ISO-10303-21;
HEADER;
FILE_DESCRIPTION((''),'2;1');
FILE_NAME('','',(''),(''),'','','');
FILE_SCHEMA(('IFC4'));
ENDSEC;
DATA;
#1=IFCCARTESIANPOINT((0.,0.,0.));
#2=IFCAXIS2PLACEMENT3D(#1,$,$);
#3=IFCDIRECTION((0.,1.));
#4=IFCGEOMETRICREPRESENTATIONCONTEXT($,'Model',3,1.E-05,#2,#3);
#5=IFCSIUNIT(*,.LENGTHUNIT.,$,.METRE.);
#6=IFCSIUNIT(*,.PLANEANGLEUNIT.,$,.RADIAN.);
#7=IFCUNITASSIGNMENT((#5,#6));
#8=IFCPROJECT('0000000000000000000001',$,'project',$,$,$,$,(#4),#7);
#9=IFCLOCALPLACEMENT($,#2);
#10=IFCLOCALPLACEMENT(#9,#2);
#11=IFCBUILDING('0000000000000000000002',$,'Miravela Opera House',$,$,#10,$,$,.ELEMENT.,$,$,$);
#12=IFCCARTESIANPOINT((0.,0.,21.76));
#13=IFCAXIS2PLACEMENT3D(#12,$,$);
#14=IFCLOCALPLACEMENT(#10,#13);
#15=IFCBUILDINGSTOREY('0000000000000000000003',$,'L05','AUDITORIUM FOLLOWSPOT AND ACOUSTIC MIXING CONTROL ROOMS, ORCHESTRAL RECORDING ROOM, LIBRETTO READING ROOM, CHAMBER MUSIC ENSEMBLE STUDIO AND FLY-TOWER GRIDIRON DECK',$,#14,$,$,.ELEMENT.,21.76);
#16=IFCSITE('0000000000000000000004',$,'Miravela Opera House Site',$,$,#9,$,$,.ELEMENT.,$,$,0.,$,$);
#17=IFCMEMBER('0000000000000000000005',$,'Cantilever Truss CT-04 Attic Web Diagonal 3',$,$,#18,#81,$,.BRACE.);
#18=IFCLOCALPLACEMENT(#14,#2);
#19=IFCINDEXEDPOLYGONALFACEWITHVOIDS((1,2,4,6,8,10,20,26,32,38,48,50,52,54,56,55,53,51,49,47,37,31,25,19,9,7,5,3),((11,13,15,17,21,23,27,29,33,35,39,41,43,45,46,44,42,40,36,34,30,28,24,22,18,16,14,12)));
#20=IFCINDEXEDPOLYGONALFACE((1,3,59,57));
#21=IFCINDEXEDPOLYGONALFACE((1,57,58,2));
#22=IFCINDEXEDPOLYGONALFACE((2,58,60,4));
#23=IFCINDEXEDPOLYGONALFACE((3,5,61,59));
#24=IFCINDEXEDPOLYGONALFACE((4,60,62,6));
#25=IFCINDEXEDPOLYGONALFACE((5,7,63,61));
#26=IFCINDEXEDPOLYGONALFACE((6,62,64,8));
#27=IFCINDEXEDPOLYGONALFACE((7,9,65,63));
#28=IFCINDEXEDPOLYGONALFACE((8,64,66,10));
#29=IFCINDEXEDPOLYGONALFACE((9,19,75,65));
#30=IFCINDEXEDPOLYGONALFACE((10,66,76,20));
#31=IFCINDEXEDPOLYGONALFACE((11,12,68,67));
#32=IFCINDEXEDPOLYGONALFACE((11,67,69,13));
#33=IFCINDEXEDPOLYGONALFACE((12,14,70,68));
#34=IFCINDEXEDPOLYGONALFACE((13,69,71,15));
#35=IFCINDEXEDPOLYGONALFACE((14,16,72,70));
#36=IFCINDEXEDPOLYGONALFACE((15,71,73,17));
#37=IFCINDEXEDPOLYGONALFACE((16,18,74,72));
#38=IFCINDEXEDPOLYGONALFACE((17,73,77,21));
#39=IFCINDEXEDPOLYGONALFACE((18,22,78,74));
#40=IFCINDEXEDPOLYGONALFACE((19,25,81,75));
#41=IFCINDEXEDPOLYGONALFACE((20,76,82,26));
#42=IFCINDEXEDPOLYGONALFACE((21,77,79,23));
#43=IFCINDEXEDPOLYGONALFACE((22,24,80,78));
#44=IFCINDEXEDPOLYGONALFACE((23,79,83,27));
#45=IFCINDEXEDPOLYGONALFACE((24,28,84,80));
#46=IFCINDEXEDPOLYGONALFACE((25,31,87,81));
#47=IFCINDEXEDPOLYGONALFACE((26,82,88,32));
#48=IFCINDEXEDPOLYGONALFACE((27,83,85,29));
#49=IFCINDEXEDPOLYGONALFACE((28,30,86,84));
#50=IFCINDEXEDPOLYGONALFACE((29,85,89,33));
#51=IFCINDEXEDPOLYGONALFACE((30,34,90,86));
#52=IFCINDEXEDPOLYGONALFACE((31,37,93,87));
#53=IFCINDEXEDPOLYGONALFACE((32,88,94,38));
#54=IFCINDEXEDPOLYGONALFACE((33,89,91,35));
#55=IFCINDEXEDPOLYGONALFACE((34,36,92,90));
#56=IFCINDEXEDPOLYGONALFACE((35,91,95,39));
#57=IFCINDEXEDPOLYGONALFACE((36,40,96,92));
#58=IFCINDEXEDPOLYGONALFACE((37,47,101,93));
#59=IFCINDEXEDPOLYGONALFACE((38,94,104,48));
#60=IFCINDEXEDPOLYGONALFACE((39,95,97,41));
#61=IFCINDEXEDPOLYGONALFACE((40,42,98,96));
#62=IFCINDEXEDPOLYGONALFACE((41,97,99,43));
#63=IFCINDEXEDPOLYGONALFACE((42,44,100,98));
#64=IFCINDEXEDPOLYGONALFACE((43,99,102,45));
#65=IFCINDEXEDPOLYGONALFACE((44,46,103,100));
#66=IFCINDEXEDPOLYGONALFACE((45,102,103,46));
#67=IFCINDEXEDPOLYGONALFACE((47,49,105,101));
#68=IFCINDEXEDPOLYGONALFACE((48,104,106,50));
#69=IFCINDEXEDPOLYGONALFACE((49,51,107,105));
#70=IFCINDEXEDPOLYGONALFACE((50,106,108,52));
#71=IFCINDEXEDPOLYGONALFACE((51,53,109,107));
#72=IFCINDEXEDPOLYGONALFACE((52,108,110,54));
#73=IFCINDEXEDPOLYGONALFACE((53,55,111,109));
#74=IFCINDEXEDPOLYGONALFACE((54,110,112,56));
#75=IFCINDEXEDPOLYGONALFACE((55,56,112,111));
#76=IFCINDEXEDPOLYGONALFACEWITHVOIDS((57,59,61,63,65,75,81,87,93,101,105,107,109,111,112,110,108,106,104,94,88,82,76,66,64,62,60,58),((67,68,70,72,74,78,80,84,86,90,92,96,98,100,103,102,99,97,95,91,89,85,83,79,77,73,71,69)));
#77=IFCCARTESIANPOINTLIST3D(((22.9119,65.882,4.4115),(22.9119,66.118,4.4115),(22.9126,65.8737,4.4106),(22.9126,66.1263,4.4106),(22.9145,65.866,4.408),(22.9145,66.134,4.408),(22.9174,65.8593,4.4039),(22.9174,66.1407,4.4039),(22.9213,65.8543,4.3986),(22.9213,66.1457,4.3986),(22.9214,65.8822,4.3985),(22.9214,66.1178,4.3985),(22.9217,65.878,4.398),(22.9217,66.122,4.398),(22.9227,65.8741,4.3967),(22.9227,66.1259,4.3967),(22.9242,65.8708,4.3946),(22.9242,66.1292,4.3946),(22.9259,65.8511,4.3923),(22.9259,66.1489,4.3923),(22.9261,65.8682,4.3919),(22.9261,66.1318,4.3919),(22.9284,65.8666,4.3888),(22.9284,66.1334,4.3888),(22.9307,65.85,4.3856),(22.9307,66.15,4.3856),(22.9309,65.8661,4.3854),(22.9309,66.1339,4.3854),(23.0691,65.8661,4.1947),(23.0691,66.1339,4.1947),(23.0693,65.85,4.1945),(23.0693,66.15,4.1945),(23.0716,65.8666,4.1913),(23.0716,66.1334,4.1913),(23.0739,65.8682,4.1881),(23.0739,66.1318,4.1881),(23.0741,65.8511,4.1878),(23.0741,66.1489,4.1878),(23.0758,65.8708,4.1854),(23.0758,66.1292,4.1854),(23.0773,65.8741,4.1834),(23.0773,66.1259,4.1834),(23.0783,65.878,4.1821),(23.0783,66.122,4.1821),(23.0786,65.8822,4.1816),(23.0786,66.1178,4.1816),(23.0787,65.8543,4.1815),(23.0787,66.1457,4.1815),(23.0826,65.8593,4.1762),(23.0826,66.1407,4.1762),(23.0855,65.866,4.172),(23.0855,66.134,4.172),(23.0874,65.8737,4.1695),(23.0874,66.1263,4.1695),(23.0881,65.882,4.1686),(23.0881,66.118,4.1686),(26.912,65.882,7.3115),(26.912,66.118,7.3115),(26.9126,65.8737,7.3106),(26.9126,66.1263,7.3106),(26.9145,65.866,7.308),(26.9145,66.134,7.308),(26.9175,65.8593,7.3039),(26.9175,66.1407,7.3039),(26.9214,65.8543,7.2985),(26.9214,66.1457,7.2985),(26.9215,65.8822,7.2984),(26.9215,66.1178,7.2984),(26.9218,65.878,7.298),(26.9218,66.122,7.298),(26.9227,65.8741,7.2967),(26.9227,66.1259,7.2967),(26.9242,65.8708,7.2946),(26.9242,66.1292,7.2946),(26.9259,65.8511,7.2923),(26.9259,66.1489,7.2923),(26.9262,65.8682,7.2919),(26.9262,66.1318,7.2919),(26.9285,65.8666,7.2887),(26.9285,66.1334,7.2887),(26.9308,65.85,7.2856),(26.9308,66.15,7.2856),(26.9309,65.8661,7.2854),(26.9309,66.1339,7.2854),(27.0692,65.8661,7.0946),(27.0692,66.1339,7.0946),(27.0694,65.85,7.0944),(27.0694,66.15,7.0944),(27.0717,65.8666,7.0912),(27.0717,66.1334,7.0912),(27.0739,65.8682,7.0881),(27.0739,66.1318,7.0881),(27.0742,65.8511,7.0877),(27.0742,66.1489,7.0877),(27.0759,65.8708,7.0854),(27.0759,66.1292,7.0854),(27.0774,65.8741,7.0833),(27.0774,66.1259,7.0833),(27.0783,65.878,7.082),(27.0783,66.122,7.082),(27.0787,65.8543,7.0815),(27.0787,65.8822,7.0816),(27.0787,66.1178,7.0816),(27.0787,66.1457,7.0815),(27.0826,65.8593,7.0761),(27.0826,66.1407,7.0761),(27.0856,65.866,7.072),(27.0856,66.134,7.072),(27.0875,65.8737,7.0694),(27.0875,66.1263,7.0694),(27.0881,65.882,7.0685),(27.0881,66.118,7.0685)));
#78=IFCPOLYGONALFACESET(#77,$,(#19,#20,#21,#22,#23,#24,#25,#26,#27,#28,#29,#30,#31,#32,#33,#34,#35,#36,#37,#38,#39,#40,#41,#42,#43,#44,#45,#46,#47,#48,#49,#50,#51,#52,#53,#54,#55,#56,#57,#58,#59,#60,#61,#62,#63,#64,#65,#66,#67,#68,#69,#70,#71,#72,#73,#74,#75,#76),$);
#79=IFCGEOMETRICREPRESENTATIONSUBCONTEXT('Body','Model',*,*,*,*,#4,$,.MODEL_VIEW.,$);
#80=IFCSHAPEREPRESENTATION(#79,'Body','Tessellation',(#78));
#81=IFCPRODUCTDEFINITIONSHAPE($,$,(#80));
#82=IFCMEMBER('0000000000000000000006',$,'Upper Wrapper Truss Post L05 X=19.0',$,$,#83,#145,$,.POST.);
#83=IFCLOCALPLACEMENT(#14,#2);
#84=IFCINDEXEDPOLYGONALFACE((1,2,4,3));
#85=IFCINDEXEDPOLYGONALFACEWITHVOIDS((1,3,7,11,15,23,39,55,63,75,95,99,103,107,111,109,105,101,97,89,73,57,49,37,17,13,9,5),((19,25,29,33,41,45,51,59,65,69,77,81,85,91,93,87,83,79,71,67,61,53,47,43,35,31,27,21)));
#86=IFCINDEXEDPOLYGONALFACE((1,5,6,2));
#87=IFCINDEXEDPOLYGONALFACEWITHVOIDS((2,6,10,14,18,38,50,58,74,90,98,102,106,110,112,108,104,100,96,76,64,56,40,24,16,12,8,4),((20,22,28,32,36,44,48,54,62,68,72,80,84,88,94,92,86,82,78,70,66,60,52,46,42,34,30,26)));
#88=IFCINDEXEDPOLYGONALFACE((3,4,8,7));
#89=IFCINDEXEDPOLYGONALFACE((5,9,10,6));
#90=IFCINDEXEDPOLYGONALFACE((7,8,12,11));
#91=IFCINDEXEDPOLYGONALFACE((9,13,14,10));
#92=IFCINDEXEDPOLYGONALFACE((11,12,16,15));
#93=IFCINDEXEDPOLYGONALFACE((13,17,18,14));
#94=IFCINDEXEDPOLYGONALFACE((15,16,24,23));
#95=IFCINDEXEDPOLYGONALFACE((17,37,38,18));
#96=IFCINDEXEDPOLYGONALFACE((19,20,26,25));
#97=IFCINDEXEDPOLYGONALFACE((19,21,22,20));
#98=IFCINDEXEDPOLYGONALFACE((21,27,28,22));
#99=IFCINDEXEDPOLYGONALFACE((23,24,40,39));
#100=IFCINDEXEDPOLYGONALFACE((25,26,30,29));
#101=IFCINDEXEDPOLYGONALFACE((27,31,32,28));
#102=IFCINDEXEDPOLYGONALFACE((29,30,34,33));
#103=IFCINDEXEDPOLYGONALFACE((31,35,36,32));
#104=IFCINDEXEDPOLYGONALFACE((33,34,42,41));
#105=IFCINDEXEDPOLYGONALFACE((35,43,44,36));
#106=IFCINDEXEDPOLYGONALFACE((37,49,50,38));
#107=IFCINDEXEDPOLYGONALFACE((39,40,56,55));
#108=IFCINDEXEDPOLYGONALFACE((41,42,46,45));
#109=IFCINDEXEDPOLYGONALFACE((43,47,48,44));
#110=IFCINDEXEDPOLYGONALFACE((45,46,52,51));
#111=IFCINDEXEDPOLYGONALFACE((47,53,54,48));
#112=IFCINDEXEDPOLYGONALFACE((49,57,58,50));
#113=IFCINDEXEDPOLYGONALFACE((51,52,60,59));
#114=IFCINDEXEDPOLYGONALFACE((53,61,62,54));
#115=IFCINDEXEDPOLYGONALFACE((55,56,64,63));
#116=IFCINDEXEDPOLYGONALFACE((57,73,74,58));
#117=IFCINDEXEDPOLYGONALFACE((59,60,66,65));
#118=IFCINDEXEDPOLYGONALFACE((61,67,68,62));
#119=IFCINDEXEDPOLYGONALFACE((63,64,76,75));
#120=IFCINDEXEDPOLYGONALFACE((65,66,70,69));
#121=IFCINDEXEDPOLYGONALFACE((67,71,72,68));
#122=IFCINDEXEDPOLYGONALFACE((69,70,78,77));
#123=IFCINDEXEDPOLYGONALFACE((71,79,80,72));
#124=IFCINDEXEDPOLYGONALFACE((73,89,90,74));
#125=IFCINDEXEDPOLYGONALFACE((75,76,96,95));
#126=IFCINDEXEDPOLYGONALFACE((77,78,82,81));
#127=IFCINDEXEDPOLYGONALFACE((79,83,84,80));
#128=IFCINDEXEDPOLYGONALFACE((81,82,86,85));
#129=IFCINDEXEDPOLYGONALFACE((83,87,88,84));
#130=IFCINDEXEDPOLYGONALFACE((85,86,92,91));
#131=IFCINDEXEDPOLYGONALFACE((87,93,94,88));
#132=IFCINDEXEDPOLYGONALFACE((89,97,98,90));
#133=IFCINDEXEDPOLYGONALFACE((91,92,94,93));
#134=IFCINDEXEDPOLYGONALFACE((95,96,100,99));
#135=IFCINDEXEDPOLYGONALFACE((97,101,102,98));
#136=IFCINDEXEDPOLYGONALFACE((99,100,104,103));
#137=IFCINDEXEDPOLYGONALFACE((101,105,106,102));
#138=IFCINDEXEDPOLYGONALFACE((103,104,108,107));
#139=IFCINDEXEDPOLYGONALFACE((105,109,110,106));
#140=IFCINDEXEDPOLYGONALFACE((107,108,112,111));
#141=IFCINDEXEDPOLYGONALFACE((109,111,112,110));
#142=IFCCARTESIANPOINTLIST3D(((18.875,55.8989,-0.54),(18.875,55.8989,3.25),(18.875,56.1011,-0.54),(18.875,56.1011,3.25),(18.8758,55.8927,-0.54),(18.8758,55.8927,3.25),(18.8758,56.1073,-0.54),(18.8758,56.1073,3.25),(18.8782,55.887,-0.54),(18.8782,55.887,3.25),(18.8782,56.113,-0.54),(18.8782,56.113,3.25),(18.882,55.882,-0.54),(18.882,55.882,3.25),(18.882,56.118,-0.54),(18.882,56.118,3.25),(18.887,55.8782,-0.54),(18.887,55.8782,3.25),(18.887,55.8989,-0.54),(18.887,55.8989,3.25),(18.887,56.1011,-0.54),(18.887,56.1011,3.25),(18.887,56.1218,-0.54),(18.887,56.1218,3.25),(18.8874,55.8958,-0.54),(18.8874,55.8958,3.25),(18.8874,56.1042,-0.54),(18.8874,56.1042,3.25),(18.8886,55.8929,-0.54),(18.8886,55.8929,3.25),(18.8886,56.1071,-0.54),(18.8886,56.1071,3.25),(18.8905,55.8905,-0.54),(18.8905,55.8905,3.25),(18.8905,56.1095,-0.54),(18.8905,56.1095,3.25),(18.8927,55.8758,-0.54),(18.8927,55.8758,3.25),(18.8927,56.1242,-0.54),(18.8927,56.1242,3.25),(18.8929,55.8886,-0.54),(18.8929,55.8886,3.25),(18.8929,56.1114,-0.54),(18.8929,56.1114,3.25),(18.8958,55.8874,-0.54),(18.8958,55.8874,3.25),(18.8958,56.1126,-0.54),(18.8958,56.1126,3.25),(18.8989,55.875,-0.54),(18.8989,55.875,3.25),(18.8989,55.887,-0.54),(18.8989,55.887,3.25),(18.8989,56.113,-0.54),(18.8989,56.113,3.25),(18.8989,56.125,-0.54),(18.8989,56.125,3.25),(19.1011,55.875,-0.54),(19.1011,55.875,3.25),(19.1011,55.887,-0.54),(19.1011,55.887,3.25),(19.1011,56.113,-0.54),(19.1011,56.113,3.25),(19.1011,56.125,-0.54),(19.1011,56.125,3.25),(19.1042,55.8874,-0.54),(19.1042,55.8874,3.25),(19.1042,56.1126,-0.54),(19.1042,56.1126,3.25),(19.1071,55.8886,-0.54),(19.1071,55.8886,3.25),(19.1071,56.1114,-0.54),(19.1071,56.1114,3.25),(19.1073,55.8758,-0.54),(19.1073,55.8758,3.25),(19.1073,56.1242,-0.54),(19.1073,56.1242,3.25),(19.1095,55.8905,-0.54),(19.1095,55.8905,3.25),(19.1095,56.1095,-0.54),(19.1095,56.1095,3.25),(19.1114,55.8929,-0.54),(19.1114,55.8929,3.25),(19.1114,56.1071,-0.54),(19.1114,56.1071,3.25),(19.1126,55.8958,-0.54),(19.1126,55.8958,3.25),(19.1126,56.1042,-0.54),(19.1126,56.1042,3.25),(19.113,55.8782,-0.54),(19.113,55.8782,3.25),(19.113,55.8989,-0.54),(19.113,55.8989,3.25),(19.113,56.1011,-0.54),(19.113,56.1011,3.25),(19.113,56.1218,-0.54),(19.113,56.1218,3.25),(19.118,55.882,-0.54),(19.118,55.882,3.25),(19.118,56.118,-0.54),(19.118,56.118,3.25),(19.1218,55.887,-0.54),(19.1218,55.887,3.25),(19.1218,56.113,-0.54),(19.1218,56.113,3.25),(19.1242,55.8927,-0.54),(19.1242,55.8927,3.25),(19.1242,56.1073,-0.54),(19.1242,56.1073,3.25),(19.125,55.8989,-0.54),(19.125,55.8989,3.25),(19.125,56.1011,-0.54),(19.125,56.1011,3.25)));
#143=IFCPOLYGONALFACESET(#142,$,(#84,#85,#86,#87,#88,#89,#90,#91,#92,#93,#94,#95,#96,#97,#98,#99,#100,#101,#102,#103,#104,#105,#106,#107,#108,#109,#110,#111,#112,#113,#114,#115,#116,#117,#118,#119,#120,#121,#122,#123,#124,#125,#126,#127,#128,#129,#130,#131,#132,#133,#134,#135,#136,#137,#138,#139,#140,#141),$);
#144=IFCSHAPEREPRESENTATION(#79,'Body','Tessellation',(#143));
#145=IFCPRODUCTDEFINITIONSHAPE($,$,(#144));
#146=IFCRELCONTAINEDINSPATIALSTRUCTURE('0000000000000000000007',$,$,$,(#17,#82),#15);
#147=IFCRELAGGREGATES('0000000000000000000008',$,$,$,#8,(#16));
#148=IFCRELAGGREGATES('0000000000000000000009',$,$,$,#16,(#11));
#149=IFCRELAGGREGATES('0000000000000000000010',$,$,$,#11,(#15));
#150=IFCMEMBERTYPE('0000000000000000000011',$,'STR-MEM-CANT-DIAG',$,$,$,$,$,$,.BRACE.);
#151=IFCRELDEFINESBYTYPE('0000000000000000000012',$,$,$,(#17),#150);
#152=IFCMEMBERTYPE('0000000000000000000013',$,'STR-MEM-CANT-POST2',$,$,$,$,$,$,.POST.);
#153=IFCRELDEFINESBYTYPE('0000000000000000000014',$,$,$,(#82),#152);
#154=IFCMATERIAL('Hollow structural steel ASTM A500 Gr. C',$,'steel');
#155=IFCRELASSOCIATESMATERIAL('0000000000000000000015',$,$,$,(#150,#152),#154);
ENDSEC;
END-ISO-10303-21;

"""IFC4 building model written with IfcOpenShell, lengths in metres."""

from ifc_helpers import new_model, si_unit, direction, frame, origin, origin_2d, place, context, subcontext, project, spatial, hollow_rectangle, extrude, material, material_profile, profile_set, type_object, element, save


model = new_model("IFC4")

# Units and contexts
model_context = context("Model", 3, precision=1e-05, world=origin(), true_north=direction((0.0, 1.0)))
body_context = subcontext(model_context, "Body", "Model", "MODEL_VIEW")
ifc_project = project(units=[si_unit("LENGTHUNIT", "METRE"), si_unit("PLANEANGLEUNIT", "RADIAN")], contexts=[model_context])

# Site, building, storey
site_placement = place(None, origin())
site = spatial("IfcSite", under=ifc_project, at=site_placement, Name="Miravela Opera House Site", CompositionType="ELEMENT", RefElevation=0.0)
building_placement = place(site_placement, origin())
building = spatial("IfcBuilding", under=site, at=building_placement, Name="Miravela Opera House", CompositionType="ELEMENT")
storey_placement = place(building_placement, frame((0.0, 0.0, 21.76)))
storey = spatial("IfcBuildingStorey", under=building, at=storey_placement, Name="L05", Description="AUDITORIUM FOLLOWSPOT AND ACOUSTIC MIXING CONTROL ROOMS, ORCHESTRAL RECORDING ROOM, LIBRETTO READING ROOM, CHAMBER MUSIC ENSEMBLE STUDIO AND FLY-TOWER GRIDIRON DECK", CompositionType="ELEMENT", Elevation=21.76)

# Members
ifc_material_1 = material(Name="Hollow structural steel ASTM A500 Gr. C", Category="steel")
ifc_material_profile_1 = material_profile(ifc_material_1, hollow_rectangle(XDim=0.3, YDim=0.3, WallThickness=0.0161, InnerFilletRadius=0.0161, OuterFilletRadius=0.032, at=origin_2d()), Name="HSS300X300X16")
ifc_profile_set_1 = profile_set([ifc_material_profile_1])
member_type_1 = type_object("IfcMemberType", Name="STR-MEM-CANT-DIAG", PredefinedType="BRACE", material=ifc_profile_set_1)
for number, where, z_axis, x_axis, name in (
    (1, (23.0, 66.0, 4.29), (0.80962, 0.0, 0.586955), (0.0, 1.0, 0.0), "Cantilever Truss CT-04 Attic Web Diagonal 3"),
):
    element("IfcMember", number, at=place(storey_placement, frame(where, z_axis=z_axis, x_axis=x_axis)), inside=storey, type_object=member_type_1, Name=name, PredefinedType="BRACE", context=body_context, shape_type="SweptSolid", body=[
        extrude(hollow_rectangle(XDim=0.3, YDim=0.3, WallThickness=0.0161, InnerFilletRadius=0.0161, OuterFilletRadius=0.032, at=origin_2d()), origin(), (0.0, 0.0, 1.0), 4.9407),
    ])
ifc_material_profile_2 = material_profile(ifc_material_1, hollow_rectangle(XDim=0.25, YDim=0.25, WallThickness=0.012, InnerFilletRadius=0.012, OuterFilletRadius=0.0239, at=origin_2d()), Name="HSS250X250X12")
ifc_profile_set_2 = profile_set([ifc_material_profile_2])
member_type_2 = type_object("IfcMemberType", Name="STR-MEM-CANT-POST2", PredefinedType="POST", material=ifc_profile_set_2)
for number, where, z_axis, x_axis, name in (
    (2, (19.0, 56.0, -0.54), (0.0, 0.0, 1.0), (1.0, 0.0, 0.0), "Upper Wrapper Truss Post L05 X=19.0"),
):
    element("IfcMember", number, at=place(storey_placement, frame(where, z_axis=z_axis, x_axis=x_axis)), inside=storey, type_object=member_type_2, Name=name, PredefinedType="POST", context=body_context, shape_type="SweptSolid", body=[
        extrude(hollow_rectangle(XDim=0.25, YDim=0.25, WallThickness=0.012, InnerFilletRadius=0.012, OuterFilletRadius=0.0239, at=origin_2d()), origin(), (0.0, 0.0, 1.0), 3.79),
    ])

save(model, "model.ifc")
